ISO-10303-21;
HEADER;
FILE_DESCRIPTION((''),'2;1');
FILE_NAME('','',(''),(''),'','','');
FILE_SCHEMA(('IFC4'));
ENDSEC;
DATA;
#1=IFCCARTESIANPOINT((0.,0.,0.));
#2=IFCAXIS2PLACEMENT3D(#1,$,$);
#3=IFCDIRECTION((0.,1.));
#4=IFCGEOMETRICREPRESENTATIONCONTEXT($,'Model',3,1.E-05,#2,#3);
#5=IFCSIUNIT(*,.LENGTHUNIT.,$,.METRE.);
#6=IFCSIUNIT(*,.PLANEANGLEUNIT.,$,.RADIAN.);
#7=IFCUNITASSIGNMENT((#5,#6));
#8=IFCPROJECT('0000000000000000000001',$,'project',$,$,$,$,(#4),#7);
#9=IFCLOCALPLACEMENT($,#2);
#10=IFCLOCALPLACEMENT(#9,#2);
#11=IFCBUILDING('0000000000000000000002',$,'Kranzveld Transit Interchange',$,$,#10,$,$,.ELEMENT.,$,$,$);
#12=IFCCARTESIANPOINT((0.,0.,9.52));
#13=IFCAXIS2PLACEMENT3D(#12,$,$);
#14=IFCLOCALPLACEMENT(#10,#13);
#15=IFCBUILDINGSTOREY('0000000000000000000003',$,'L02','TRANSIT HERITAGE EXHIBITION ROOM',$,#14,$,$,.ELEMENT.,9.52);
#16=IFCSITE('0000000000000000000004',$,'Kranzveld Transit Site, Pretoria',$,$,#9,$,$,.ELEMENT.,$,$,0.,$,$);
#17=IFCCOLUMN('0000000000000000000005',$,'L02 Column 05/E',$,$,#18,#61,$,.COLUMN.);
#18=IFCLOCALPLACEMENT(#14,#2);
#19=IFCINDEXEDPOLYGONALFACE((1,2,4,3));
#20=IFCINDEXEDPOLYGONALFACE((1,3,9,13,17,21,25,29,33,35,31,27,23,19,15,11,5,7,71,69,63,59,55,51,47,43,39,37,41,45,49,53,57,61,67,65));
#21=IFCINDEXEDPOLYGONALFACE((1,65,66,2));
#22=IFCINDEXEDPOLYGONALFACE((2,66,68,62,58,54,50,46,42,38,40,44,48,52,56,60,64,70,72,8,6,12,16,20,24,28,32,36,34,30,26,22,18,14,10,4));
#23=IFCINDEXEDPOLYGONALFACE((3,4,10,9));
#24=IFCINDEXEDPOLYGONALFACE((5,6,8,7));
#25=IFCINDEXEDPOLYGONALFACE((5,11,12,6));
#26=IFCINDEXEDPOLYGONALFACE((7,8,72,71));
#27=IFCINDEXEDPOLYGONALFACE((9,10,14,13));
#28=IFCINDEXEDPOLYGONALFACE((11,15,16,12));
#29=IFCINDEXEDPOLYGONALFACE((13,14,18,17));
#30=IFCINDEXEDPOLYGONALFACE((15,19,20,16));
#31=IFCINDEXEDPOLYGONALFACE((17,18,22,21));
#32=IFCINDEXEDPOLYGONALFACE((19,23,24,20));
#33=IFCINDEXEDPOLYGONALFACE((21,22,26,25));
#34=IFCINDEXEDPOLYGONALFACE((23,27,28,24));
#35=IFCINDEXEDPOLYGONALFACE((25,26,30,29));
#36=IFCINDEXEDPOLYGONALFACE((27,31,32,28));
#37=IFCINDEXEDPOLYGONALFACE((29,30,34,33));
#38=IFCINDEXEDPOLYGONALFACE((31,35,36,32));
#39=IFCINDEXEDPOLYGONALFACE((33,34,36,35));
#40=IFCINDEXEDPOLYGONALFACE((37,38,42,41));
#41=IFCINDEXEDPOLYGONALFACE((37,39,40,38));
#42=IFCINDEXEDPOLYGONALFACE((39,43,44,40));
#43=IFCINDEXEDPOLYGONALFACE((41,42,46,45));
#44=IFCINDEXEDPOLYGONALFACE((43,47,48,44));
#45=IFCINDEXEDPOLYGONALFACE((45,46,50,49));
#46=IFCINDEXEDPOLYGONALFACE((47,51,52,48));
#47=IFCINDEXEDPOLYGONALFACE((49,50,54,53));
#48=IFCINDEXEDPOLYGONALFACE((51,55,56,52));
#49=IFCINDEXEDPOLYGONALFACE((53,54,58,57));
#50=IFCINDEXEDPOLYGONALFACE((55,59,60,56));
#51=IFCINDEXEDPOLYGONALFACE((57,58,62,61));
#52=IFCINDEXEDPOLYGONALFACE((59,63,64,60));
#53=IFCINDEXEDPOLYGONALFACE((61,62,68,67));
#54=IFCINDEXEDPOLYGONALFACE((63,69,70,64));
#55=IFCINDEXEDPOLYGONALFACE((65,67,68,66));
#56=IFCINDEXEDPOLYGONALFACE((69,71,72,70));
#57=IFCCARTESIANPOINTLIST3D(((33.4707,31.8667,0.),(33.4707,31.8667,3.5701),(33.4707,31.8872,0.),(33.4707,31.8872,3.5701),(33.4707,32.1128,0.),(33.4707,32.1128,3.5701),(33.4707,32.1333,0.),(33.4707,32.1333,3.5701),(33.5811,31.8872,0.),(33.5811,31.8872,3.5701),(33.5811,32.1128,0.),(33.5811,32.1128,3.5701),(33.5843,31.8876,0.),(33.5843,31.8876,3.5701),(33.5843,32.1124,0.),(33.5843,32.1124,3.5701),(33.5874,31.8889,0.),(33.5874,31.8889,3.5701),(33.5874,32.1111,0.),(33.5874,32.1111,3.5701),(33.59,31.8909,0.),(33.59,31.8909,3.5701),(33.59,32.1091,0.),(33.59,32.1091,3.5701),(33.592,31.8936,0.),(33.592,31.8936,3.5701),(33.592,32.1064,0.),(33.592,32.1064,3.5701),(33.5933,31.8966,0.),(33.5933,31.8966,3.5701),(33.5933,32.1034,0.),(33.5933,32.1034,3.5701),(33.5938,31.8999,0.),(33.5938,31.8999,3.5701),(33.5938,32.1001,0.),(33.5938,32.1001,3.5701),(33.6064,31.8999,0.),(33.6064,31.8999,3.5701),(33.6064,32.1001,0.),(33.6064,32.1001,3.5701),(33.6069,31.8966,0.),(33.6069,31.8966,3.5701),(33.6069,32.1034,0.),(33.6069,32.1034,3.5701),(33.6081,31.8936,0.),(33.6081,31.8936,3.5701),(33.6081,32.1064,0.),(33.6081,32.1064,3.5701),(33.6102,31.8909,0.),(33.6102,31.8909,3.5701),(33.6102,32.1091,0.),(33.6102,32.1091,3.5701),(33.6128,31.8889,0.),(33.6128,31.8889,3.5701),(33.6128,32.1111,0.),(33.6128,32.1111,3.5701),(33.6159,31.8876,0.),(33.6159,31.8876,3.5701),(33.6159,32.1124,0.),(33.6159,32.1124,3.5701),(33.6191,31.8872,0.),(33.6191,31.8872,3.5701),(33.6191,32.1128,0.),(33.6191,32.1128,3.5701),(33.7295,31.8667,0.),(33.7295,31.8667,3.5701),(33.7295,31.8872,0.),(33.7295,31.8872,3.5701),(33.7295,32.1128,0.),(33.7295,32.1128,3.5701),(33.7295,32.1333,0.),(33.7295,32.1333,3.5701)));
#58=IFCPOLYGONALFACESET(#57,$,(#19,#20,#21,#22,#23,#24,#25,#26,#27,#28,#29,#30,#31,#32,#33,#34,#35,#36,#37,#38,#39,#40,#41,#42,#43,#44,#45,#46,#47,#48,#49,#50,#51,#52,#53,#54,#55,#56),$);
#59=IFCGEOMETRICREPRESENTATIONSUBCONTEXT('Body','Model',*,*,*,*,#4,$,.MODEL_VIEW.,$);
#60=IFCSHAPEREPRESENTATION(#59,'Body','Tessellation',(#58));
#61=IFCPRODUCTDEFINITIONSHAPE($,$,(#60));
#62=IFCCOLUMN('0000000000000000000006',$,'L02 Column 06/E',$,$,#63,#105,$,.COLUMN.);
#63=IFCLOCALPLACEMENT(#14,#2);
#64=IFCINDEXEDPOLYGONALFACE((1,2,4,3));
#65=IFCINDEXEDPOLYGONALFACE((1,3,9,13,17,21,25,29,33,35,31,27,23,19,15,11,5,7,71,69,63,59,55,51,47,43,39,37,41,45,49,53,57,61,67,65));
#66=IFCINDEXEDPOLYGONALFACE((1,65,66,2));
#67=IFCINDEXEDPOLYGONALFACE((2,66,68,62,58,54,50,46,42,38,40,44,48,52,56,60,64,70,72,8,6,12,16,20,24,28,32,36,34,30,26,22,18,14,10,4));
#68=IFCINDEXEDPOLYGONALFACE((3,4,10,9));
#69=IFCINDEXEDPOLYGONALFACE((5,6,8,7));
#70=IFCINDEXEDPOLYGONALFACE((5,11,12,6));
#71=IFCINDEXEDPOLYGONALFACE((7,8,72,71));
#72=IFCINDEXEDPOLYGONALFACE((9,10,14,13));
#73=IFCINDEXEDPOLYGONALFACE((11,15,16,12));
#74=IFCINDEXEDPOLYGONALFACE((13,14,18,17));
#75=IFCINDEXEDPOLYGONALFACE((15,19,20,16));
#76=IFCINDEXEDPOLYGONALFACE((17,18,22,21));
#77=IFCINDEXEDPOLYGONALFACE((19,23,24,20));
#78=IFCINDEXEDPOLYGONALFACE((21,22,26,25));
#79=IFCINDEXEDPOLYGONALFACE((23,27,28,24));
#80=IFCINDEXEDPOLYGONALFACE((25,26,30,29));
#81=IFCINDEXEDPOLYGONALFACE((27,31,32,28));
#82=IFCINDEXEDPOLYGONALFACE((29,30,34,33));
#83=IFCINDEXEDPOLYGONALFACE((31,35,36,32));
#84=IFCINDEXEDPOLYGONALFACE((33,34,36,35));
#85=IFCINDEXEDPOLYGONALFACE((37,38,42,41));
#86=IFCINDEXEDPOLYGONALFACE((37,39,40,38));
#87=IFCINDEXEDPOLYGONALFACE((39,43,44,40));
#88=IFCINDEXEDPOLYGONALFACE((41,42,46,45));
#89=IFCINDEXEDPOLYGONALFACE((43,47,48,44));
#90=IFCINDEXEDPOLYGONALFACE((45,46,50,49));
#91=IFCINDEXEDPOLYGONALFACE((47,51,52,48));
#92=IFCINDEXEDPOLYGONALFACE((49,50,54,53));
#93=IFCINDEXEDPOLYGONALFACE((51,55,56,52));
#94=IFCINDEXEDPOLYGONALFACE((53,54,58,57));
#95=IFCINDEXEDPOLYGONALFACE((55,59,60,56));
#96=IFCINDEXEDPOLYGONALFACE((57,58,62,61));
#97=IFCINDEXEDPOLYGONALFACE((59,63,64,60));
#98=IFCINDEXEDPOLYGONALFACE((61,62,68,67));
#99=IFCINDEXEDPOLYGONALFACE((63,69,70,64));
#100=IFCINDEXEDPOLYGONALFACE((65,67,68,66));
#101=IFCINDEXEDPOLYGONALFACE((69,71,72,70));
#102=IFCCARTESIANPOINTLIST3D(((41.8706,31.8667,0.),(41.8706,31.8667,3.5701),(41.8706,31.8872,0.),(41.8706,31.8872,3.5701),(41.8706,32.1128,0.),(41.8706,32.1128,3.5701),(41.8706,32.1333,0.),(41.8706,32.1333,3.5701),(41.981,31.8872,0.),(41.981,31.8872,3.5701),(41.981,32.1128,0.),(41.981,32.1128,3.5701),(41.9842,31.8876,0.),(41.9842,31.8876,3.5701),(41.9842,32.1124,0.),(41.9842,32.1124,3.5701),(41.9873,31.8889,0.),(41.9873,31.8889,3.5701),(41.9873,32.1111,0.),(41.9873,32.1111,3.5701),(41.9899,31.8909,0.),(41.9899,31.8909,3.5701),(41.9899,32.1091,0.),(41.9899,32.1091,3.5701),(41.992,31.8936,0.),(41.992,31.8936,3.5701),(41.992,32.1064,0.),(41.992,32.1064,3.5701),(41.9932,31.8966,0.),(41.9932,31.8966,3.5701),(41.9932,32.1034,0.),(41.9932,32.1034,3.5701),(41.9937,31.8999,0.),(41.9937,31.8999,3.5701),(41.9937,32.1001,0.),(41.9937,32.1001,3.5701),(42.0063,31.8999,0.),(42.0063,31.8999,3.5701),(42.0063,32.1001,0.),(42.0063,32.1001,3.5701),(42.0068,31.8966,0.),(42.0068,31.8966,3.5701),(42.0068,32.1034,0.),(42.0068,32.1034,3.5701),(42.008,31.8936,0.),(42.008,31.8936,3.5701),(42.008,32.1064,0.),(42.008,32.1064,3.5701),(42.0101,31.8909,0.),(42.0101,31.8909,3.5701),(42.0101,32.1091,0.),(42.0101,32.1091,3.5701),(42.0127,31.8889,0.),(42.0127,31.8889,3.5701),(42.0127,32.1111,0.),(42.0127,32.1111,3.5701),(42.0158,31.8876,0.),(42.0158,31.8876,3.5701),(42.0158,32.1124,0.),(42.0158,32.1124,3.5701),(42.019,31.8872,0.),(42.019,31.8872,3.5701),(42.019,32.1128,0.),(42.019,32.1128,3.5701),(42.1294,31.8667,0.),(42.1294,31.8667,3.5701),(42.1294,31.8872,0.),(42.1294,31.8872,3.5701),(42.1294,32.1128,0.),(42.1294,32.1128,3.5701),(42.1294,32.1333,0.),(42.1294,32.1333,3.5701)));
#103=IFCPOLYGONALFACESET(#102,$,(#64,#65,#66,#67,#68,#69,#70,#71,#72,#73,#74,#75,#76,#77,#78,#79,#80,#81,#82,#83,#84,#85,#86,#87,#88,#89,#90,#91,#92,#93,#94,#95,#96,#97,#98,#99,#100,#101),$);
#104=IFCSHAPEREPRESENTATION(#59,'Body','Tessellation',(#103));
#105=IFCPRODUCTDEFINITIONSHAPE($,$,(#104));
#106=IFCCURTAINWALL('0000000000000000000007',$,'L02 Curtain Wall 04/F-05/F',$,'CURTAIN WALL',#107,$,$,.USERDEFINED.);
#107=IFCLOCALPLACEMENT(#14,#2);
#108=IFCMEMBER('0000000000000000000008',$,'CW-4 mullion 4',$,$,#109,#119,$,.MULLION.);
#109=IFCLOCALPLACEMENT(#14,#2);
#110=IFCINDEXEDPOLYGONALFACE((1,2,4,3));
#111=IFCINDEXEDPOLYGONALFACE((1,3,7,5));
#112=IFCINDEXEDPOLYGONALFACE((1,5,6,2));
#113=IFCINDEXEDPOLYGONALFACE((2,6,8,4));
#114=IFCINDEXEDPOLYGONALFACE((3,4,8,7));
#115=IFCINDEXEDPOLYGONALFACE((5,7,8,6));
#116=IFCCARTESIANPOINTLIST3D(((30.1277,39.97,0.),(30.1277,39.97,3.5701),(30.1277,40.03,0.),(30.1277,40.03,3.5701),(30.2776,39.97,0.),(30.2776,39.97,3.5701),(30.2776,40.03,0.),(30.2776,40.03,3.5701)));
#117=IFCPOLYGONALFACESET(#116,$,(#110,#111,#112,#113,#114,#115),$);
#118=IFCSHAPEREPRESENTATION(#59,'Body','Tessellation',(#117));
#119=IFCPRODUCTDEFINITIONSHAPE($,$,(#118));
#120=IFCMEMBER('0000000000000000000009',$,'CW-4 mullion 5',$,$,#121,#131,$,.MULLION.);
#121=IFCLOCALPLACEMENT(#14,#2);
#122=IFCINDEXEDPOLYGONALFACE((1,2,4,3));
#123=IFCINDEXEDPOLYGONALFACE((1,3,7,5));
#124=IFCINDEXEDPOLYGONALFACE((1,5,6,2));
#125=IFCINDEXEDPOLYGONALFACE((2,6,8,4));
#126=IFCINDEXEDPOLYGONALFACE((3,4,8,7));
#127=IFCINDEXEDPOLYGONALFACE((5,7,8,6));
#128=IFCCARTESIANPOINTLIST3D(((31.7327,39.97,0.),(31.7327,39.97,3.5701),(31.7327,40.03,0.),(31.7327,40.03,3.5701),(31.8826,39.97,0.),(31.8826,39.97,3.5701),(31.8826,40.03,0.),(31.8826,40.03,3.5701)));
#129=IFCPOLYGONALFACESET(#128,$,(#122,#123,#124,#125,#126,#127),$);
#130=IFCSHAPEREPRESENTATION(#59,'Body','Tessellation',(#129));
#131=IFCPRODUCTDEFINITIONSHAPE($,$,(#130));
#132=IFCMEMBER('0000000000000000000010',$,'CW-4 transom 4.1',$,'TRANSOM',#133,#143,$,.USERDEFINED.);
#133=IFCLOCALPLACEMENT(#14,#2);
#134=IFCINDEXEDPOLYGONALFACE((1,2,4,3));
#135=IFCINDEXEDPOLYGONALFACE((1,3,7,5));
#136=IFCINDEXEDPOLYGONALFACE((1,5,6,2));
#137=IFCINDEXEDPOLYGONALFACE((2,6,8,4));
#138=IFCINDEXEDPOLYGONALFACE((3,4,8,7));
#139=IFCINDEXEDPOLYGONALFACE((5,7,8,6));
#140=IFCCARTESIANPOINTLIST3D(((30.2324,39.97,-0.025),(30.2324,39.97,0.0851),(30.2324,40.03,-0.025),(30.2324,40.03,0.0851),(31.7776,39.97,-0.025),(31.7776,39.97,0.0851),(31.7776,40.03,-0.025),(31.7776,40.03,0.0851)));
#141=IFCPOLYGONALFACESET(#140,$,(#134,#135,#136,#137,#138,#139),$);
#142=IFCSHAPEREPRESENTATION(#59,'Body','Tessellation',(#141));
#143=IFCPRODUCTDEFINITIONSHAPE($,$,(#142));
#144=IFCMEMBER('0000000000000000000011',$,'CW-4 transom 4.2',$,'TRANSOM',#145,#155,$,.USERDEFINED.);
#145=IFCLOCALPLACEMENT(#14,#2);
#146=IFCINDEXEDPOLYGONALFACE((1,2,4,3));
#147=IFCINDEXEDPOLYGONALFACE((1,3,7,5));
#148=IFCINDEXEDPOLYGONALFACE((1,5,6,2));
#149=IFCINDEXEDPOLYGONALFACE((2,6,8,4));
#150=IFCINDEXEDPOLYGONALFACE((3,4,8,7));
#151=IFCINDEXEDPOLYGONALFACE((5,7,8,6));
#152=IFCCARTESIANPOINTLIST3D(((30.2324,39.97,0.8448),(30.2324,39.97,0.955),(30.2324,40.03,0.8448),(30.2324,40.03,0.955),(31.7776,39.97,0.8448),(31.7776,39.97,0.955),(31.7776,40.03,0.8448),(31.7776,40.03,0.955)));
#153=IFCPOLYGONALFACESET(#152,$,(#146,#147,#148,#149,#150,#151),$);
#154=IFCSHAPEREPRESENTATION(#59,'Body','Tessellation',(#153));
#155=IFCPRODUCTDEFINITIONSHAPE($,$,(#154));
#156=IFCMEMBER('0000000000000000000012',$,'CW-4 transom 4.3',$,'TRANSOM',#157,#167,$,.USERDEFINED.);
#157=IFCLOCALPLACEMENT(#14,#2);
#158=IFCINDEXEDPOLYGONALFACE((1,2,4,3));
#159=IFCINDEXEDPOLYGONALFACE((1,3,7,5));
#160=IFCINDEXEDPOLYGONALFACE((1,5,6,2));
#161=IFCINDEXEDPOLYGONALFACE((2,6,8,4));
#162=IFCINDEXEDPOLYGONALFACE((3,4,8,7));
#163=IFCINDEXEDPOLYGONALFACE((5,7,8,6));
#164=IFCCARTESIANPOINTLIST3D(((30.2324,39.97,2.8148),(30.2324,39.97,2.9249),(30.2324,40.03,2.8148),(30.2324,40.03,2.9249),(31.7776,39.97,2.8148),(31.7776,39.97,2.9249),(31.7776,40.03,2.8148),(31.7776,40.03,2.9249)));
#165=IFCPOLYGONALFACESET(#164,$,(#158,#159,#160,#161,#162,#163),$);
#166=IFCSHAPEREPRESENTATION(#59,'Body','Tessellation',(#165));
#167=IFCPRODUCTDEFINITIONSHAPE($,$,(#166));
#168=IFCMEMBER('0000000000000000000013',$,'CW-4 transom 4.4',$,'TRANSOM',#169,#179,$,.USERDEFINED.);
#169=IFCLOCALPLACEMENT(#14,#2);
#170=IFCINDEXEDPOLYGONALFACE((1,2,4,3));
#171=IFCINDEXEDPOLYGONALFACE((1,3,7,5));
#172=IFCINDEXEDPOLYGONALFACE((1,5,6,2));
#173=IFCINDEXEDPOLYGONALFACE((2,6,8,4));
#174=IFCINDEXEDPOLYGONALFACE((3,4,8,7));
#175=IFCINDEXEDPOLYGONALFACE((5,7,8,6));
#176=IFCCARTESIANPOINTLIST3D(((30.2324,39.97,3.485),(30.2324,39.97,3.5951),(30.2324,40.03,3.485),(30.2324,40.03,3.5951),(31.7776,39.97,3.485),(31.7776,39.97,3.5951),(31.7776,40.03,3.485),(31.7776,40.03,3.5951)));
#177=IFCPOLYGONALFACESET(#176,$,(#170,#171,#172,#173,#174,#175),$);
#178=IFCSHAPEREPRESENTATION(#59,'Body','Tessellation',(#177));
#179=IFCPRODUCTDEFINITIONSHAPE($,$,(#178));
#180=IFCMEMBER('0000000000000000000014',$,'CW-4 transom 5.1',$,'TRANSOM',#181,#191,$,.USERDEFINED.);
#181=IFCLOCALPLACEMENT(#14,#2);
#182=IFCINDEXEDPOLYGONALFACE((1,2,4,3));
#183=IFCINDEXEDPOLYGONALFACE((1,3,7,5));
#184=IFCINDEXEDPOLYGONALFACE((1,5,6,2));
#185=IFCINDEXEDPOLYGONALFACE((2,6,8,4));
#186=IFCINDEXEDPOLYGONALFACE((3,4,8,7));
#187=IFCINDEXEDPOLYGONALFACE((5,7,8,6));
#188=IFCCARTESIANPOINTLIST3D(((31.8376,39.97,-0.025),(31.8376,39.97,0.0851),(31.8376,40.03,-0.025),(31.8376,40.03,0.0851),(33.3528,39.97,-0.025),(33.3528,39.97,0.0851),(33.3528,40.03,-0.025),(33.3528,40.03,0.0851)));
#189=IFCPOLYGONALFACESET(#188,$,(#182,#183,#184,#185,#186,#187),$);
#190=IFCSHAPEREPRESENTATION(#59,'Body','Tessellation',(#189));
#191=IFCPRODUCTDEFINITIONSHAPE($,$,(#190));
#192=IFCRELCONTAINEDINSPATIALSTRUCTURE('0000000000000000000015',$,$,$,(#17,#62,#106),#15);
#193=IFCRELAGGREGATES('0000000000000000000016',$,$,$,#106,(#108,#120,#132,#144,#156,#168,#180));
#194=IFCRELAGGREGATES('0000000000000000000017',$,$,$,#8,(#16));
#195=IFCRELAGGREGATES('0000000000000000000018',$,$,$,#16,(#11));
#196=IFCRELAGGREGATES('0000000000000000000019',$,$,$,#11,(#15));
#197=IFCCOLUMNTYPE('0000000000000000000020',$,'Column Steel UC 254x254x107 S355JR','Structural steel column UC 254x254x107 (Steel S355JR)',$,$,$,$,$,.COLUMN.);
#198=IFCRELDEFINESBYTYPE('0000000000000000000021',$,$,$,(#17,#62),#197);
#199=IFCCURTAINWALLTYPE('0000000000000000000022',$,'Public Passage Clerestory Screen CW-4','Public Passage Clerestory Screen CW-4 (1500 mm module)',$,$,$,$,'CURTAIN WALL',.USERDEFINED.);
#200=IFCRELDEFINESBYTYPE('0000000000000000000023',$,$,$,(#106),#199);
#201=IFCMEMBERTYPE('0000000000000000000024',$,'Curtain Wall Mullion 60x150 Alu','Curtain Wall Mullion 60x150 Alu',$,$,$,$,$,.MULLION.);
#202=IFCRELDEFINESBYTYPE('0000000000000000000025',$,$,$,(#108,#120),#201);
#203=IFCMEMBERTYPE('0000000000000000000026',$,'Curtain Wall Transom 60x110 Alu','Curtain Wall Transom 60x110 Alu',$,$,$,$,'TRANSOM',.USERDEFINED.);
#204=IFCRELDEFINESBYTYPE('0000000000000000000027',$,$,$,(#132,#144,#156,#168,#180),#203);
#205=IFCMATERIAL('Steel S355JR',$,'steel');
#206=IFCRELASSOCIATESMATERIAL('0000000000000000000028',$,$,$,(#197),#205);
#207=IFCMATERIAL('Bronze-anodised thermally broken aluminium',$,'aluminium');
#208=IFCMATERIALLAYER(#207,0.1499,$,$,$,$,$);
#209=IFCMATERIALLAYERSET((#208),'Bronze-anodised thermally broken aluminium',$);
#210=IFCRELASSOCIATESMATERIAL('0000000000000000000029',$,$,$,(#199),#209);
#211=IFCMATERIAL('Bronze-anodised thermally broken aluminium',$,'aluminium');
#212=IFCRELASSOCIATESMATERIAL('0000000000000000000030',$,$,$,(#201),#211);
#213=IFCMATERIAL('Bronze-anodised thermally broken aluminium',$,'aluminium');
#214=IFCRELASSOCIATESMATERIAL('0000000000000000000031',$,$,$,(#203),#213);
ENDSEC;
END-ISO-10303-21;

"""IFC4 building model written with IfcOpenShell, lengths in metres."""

from ifc_helpers import new_model, si_unit, direction, frame, origin, origin_2d, place, context, subcontext, project, spatial, rectangle, i_section, extrude, material, layer, layer_set, material_profile, profile_set, type_object, element, aggregate, save


model = new_model("IFC4")

# Units and contexts
model_context = context("Model", 3, precision=1e-05, world=origin(), true_north=direction((0.0, 1.0)))
body_context = subcontext(model_context, "Body", "Model", "MODEL_VIEW")
ifc_project = project(units=[si_unit("LENGTHUNIT", "METRE"), si_unit("PLANEANGLEUNIT", "RADIAN")], contexts=[model_context])

# Site, building, storey
site_placement = place(None, origin())
site = spatial("IfcSite", under=ifc_project, at=site_placement, Name="Kranzveld Transit Site, Pretoria", CompositionType="ELEMENT", RefElevation=0.0)
building_placement = place(site_placement, origin())
building = spatial("IfcBuilding", under=site, at=building_placement, Name="Kranzveld Transit Interchange", CompositionType="ELEMENT")
storey_placement = place(building_placement, frame((0.0, 0.0, 9.52)))
storey = spatial("IfcBuildingStorey", under=building, at=storey_placement, Name="L02", Description="TRANSIT HERITAGE EXHIBITION ROOM", CompositionType="ELEMENT", Elevation=9.52)

# Columns
ifc_material_1 = material(Name="Steel S355JR", Category="steel")
ifc_material_profile_1 = material_profile(ifc_material_1, i_section(OverallWidth=0.2588, OverallDepth=0.2666, WebThickness=0.0127, FlangeThickness=0.0205, FilletRadius=0.0127, at=origin_2d()), Name="UC 254x254x107")
ifc_profile_set_1 = profile_set([ifc_material_profile_1], Name="Steel S355JR")
column_type = type_object("IfcColumnType", Name="Column Steel UC 254x254x107 S355JR", Description="Structural steel column UC 254x254x107 (Steel S355JR)", PredefinedType="COLUMN", material=ifc_profile_set_1)
for number, where, z_axis, x_axis, name in (
    (1, (33.6001, 32.0, 0.0), (0.0, 0.0, 1.0), (1.0, 0.0, 0.0), "L02 Column 05/E"),
    (2, (42.0, 32.0, 0.0), (0.0, 0.0, 1.0), (1.0, 0.0, 0.0), "L02 Column 06/E"),
):
    element("IfcColumn", number, at=place(storey_placement, frame(where, z_axis=z_axis, x_axis=x_axis)), inside=storey, type_object=column_type, Name=name, PredefinedType="COLUMN", context=body_context, shape_type="SweptSolid", body=[
        extrude(i_section(OverallWidth=0.2588, OverallDepth=0.2666, WebThickness=0.0127, FlangeThickness=0.0205, FilletRadius=0.0127, at=origin_2d()), origin(), (0.0, 0.0, 1.0), 3.5701),
    ])

# Curtain wall, members
ifc_material_2 = material(Name="Bronze-anodised thermally broken aluminium", Category="aluminium")
ifc_layer_1 = layer(ifc_material_2, 0.1499)
ifc_layer_set_1 = layer_set([ifc_layer_1], Name="Bronze-anodised thermally broken aluminium")
curtain_wall_type = type_object("IfcCurtainWallType", Name="Public Passage Clerestory Screen CW-4", Description="Public Passage Clerestory Screen CW-4 (1500 mm module)", ElementType="CURTAIN WALL", PredefinedType="USERDEFINED", material=ifc_layer_set_1)
curtain_wall_placement = place(storey_placement, origin())
curtain_wall = element("IfcCurtainWall", 3, at=curtain_wall_placement, inside=storey, type_object=curtain_wall_type, Name="L02 Curtain Wall 04/F-05/F", ObjectType="CURTAIN WALL", PredefinedType="USERDEFINED")
ifc_material_3 = material(Name="Bronze-anodised thermally broken aluminium", Category="aluminium")
ifc_material_profile_2 = material_profile(ifc_material_3, rectangle(XDim=0.0601, YDim=0.1499, at=origin_2d()), Name="ALU MULLION 60x150")
ifc_profile_set_2 = profile_set([ifc_material_profile_2], Name="Bronze-anodised thermally broken aluminium")
member_type_1 = type_object("IfcMemberType", Name="Curtain Wall Mullion 60x150 Alu", Description="Curtain Wall Mullion 60x150 Alu", PredefinedType="MULLION", material=ifc_profile_set_2)
member_1_placement = place(storey_placement, frame((30.2026, 40.0, 0.0), z_axis=(0.0, 0.0, 1.0), x_axis=(0.0, 1.0, 0.0)))
member_1 = element("IfcMember", 4, at=member_1_placement, type_object=member_type_1, Name="CW-4 mullion 4", PredefinedType="MULLION", context=body_context, shape_type="SweptSolid", body=[
    extrude(rectangle(XDim=0.0601, YDim=0.1499, at=origin_2d()), origin(), (0.0, 0.0, 1.0), 3.5701),
])
member_2_placement = place(storey_placement, frame((31.8076, 40.0, 0.0), z_axis=(0.0, 0.0, 1.0), x_axis=(0.0, 1.0, 0.0)))
member_2 = element("IfcMember", 5, at=member_2_placement, type_object=member_type_1, Name="CW-4 mullion 5", PredefinedType="MULLION", context=body_context, shape_type="SweptSolid", body=[
    extrude(rectangle(XDim=0.0601, YDim=0.1499, at=origin_2d()), origin(), (0.0, 0.0, 1.0), 3.5701),
])
ifc_material_4 = material(Name="Bronze-anodised thermally broken aluminium", Category="aluminium")
ifc_material_profile_3 = material_profile(ifc_material_4, rectangle(XDim=0.0601, YDim=0.1101, at=origin_2d()), Name="ALU TRANSOM 60x110")
ifc_profile_set_3 = profile_set([ifc_material_profile_3], Name="Bronze-anodised thermally broken aluminium")
member_type_2 = type_object("IfcMemberType", Name="Curtain Wall Transom 60x110 Alu", Description="Curtain Wall Transom 60x110 Alu", ElementType="TRANSOM", PredefinedType="USERDEFINED", material=ifc_profile_set_3)
member_3_placement = place(storey_placement, frame((30.2324, 40.0, 0.03), z_axis=(1.0, 0.0, 0.0), x_axis=(0.0, 1.0, 0.0)))
member_3 = element("IfcMember", 6, at=member_3_placement, type_object=member_type_2, Name="CW-4 transom 4.1", ObjectType="TRANSOM", PredefinedType="USERDEFINED", context=body_context, shape_type="SweptSolid", body=[
    extrude(rectangle(XDim=0.0601, YDim=0.1101, at=origin_2d()), origin(), (0.0, 0.0, 1.0), 1.5452),
])
member_4_placement = place(storey_placement, frame((30.2324, 40.0, 0.8999), z_axis=(1.0, 0.0, 0.0), x_axis=(0.0, 1.0, 0.0)))
member_4 = element("IfcMember", 7, at=member_4_placement, type_object=member_type_2, Name="CW-4 transom 4.2", ObjectType="TRANSOM", PredefinedType="USERDEFINED", context=body_context, shape_type="SweptSolid", body=[
    extrude(rectangle(XDim=0.0601, YDim=0.1101, at=origin_2d()), origin(), (0.0, 0.0, 1.0), 1.5452),
])
member_5_placement = place(storey_placement, frame((30.2324, 40.0, 2.8699), z_axis=(1.0, 0.0, 0.0), x_axis=(0.0, 1.0, 0.0)))
member_5 = element("IfcMember", 8, at=member_5_placement, type_object=member_type_2, Name="CW-4 transom 4.3", ObjectType="TRANSOM", PredefinedType="USERDEFINED", context=body_context, shape_type="SweptSolid", body=[
    extrude(rectangle(XDim=0.0601, YDim=0.1101, at=origin_2d()), origin(), (0.0, 0.0, 1.0), 1.5452),
])
member_6_placement = place(storey_placement, frame((30.2324, 40.0, 3.54), z_axis=(1.0, 0.0, 0.0), x_axis=(0.0, 1.0, 0.0)))
member_6 = element("IfcMember", 9, at=member_6_placement, type_object=member_type_2, Name="CW-4 transom 4.4", ObjectType="TRANSOM", PredefinedType="USERDEFINED", context=body_context, shape_type="SweptSolid", body=[
    extrude(rectangle(XDim=0.0601, YDim=0.1101, at=origin_2d()), origin(), (0.0, 0.0, 1.0), 1.5452),
])
member_7_placement = place(storey_placement, frame((31.8376, 40.0, 0.03), z_axis=(1.0, 0.0, 0.0), x_axis=(0.0, 1.0, 0.0)))
member_7 = element("IfcMember", 10, at=member_7_placement, type_object=member_type_2, Name="CW-4 transom 5.1", ObjectType="TRANSOM", PredefinedType="USERDEFINED", context=body_context, shape_type="SweptSolid", body=[
    extrude(rectangle(XDim=0.0601, YDim=0.1101, at=origin_2d()), origin(), (0.0, 0.0, 1.0), 1.5151),
])

aggregate(curtain_wall, [member_1, member_2, member_3, member_4, member_5, member_6, member_7])

save(model, "model.ifc")
